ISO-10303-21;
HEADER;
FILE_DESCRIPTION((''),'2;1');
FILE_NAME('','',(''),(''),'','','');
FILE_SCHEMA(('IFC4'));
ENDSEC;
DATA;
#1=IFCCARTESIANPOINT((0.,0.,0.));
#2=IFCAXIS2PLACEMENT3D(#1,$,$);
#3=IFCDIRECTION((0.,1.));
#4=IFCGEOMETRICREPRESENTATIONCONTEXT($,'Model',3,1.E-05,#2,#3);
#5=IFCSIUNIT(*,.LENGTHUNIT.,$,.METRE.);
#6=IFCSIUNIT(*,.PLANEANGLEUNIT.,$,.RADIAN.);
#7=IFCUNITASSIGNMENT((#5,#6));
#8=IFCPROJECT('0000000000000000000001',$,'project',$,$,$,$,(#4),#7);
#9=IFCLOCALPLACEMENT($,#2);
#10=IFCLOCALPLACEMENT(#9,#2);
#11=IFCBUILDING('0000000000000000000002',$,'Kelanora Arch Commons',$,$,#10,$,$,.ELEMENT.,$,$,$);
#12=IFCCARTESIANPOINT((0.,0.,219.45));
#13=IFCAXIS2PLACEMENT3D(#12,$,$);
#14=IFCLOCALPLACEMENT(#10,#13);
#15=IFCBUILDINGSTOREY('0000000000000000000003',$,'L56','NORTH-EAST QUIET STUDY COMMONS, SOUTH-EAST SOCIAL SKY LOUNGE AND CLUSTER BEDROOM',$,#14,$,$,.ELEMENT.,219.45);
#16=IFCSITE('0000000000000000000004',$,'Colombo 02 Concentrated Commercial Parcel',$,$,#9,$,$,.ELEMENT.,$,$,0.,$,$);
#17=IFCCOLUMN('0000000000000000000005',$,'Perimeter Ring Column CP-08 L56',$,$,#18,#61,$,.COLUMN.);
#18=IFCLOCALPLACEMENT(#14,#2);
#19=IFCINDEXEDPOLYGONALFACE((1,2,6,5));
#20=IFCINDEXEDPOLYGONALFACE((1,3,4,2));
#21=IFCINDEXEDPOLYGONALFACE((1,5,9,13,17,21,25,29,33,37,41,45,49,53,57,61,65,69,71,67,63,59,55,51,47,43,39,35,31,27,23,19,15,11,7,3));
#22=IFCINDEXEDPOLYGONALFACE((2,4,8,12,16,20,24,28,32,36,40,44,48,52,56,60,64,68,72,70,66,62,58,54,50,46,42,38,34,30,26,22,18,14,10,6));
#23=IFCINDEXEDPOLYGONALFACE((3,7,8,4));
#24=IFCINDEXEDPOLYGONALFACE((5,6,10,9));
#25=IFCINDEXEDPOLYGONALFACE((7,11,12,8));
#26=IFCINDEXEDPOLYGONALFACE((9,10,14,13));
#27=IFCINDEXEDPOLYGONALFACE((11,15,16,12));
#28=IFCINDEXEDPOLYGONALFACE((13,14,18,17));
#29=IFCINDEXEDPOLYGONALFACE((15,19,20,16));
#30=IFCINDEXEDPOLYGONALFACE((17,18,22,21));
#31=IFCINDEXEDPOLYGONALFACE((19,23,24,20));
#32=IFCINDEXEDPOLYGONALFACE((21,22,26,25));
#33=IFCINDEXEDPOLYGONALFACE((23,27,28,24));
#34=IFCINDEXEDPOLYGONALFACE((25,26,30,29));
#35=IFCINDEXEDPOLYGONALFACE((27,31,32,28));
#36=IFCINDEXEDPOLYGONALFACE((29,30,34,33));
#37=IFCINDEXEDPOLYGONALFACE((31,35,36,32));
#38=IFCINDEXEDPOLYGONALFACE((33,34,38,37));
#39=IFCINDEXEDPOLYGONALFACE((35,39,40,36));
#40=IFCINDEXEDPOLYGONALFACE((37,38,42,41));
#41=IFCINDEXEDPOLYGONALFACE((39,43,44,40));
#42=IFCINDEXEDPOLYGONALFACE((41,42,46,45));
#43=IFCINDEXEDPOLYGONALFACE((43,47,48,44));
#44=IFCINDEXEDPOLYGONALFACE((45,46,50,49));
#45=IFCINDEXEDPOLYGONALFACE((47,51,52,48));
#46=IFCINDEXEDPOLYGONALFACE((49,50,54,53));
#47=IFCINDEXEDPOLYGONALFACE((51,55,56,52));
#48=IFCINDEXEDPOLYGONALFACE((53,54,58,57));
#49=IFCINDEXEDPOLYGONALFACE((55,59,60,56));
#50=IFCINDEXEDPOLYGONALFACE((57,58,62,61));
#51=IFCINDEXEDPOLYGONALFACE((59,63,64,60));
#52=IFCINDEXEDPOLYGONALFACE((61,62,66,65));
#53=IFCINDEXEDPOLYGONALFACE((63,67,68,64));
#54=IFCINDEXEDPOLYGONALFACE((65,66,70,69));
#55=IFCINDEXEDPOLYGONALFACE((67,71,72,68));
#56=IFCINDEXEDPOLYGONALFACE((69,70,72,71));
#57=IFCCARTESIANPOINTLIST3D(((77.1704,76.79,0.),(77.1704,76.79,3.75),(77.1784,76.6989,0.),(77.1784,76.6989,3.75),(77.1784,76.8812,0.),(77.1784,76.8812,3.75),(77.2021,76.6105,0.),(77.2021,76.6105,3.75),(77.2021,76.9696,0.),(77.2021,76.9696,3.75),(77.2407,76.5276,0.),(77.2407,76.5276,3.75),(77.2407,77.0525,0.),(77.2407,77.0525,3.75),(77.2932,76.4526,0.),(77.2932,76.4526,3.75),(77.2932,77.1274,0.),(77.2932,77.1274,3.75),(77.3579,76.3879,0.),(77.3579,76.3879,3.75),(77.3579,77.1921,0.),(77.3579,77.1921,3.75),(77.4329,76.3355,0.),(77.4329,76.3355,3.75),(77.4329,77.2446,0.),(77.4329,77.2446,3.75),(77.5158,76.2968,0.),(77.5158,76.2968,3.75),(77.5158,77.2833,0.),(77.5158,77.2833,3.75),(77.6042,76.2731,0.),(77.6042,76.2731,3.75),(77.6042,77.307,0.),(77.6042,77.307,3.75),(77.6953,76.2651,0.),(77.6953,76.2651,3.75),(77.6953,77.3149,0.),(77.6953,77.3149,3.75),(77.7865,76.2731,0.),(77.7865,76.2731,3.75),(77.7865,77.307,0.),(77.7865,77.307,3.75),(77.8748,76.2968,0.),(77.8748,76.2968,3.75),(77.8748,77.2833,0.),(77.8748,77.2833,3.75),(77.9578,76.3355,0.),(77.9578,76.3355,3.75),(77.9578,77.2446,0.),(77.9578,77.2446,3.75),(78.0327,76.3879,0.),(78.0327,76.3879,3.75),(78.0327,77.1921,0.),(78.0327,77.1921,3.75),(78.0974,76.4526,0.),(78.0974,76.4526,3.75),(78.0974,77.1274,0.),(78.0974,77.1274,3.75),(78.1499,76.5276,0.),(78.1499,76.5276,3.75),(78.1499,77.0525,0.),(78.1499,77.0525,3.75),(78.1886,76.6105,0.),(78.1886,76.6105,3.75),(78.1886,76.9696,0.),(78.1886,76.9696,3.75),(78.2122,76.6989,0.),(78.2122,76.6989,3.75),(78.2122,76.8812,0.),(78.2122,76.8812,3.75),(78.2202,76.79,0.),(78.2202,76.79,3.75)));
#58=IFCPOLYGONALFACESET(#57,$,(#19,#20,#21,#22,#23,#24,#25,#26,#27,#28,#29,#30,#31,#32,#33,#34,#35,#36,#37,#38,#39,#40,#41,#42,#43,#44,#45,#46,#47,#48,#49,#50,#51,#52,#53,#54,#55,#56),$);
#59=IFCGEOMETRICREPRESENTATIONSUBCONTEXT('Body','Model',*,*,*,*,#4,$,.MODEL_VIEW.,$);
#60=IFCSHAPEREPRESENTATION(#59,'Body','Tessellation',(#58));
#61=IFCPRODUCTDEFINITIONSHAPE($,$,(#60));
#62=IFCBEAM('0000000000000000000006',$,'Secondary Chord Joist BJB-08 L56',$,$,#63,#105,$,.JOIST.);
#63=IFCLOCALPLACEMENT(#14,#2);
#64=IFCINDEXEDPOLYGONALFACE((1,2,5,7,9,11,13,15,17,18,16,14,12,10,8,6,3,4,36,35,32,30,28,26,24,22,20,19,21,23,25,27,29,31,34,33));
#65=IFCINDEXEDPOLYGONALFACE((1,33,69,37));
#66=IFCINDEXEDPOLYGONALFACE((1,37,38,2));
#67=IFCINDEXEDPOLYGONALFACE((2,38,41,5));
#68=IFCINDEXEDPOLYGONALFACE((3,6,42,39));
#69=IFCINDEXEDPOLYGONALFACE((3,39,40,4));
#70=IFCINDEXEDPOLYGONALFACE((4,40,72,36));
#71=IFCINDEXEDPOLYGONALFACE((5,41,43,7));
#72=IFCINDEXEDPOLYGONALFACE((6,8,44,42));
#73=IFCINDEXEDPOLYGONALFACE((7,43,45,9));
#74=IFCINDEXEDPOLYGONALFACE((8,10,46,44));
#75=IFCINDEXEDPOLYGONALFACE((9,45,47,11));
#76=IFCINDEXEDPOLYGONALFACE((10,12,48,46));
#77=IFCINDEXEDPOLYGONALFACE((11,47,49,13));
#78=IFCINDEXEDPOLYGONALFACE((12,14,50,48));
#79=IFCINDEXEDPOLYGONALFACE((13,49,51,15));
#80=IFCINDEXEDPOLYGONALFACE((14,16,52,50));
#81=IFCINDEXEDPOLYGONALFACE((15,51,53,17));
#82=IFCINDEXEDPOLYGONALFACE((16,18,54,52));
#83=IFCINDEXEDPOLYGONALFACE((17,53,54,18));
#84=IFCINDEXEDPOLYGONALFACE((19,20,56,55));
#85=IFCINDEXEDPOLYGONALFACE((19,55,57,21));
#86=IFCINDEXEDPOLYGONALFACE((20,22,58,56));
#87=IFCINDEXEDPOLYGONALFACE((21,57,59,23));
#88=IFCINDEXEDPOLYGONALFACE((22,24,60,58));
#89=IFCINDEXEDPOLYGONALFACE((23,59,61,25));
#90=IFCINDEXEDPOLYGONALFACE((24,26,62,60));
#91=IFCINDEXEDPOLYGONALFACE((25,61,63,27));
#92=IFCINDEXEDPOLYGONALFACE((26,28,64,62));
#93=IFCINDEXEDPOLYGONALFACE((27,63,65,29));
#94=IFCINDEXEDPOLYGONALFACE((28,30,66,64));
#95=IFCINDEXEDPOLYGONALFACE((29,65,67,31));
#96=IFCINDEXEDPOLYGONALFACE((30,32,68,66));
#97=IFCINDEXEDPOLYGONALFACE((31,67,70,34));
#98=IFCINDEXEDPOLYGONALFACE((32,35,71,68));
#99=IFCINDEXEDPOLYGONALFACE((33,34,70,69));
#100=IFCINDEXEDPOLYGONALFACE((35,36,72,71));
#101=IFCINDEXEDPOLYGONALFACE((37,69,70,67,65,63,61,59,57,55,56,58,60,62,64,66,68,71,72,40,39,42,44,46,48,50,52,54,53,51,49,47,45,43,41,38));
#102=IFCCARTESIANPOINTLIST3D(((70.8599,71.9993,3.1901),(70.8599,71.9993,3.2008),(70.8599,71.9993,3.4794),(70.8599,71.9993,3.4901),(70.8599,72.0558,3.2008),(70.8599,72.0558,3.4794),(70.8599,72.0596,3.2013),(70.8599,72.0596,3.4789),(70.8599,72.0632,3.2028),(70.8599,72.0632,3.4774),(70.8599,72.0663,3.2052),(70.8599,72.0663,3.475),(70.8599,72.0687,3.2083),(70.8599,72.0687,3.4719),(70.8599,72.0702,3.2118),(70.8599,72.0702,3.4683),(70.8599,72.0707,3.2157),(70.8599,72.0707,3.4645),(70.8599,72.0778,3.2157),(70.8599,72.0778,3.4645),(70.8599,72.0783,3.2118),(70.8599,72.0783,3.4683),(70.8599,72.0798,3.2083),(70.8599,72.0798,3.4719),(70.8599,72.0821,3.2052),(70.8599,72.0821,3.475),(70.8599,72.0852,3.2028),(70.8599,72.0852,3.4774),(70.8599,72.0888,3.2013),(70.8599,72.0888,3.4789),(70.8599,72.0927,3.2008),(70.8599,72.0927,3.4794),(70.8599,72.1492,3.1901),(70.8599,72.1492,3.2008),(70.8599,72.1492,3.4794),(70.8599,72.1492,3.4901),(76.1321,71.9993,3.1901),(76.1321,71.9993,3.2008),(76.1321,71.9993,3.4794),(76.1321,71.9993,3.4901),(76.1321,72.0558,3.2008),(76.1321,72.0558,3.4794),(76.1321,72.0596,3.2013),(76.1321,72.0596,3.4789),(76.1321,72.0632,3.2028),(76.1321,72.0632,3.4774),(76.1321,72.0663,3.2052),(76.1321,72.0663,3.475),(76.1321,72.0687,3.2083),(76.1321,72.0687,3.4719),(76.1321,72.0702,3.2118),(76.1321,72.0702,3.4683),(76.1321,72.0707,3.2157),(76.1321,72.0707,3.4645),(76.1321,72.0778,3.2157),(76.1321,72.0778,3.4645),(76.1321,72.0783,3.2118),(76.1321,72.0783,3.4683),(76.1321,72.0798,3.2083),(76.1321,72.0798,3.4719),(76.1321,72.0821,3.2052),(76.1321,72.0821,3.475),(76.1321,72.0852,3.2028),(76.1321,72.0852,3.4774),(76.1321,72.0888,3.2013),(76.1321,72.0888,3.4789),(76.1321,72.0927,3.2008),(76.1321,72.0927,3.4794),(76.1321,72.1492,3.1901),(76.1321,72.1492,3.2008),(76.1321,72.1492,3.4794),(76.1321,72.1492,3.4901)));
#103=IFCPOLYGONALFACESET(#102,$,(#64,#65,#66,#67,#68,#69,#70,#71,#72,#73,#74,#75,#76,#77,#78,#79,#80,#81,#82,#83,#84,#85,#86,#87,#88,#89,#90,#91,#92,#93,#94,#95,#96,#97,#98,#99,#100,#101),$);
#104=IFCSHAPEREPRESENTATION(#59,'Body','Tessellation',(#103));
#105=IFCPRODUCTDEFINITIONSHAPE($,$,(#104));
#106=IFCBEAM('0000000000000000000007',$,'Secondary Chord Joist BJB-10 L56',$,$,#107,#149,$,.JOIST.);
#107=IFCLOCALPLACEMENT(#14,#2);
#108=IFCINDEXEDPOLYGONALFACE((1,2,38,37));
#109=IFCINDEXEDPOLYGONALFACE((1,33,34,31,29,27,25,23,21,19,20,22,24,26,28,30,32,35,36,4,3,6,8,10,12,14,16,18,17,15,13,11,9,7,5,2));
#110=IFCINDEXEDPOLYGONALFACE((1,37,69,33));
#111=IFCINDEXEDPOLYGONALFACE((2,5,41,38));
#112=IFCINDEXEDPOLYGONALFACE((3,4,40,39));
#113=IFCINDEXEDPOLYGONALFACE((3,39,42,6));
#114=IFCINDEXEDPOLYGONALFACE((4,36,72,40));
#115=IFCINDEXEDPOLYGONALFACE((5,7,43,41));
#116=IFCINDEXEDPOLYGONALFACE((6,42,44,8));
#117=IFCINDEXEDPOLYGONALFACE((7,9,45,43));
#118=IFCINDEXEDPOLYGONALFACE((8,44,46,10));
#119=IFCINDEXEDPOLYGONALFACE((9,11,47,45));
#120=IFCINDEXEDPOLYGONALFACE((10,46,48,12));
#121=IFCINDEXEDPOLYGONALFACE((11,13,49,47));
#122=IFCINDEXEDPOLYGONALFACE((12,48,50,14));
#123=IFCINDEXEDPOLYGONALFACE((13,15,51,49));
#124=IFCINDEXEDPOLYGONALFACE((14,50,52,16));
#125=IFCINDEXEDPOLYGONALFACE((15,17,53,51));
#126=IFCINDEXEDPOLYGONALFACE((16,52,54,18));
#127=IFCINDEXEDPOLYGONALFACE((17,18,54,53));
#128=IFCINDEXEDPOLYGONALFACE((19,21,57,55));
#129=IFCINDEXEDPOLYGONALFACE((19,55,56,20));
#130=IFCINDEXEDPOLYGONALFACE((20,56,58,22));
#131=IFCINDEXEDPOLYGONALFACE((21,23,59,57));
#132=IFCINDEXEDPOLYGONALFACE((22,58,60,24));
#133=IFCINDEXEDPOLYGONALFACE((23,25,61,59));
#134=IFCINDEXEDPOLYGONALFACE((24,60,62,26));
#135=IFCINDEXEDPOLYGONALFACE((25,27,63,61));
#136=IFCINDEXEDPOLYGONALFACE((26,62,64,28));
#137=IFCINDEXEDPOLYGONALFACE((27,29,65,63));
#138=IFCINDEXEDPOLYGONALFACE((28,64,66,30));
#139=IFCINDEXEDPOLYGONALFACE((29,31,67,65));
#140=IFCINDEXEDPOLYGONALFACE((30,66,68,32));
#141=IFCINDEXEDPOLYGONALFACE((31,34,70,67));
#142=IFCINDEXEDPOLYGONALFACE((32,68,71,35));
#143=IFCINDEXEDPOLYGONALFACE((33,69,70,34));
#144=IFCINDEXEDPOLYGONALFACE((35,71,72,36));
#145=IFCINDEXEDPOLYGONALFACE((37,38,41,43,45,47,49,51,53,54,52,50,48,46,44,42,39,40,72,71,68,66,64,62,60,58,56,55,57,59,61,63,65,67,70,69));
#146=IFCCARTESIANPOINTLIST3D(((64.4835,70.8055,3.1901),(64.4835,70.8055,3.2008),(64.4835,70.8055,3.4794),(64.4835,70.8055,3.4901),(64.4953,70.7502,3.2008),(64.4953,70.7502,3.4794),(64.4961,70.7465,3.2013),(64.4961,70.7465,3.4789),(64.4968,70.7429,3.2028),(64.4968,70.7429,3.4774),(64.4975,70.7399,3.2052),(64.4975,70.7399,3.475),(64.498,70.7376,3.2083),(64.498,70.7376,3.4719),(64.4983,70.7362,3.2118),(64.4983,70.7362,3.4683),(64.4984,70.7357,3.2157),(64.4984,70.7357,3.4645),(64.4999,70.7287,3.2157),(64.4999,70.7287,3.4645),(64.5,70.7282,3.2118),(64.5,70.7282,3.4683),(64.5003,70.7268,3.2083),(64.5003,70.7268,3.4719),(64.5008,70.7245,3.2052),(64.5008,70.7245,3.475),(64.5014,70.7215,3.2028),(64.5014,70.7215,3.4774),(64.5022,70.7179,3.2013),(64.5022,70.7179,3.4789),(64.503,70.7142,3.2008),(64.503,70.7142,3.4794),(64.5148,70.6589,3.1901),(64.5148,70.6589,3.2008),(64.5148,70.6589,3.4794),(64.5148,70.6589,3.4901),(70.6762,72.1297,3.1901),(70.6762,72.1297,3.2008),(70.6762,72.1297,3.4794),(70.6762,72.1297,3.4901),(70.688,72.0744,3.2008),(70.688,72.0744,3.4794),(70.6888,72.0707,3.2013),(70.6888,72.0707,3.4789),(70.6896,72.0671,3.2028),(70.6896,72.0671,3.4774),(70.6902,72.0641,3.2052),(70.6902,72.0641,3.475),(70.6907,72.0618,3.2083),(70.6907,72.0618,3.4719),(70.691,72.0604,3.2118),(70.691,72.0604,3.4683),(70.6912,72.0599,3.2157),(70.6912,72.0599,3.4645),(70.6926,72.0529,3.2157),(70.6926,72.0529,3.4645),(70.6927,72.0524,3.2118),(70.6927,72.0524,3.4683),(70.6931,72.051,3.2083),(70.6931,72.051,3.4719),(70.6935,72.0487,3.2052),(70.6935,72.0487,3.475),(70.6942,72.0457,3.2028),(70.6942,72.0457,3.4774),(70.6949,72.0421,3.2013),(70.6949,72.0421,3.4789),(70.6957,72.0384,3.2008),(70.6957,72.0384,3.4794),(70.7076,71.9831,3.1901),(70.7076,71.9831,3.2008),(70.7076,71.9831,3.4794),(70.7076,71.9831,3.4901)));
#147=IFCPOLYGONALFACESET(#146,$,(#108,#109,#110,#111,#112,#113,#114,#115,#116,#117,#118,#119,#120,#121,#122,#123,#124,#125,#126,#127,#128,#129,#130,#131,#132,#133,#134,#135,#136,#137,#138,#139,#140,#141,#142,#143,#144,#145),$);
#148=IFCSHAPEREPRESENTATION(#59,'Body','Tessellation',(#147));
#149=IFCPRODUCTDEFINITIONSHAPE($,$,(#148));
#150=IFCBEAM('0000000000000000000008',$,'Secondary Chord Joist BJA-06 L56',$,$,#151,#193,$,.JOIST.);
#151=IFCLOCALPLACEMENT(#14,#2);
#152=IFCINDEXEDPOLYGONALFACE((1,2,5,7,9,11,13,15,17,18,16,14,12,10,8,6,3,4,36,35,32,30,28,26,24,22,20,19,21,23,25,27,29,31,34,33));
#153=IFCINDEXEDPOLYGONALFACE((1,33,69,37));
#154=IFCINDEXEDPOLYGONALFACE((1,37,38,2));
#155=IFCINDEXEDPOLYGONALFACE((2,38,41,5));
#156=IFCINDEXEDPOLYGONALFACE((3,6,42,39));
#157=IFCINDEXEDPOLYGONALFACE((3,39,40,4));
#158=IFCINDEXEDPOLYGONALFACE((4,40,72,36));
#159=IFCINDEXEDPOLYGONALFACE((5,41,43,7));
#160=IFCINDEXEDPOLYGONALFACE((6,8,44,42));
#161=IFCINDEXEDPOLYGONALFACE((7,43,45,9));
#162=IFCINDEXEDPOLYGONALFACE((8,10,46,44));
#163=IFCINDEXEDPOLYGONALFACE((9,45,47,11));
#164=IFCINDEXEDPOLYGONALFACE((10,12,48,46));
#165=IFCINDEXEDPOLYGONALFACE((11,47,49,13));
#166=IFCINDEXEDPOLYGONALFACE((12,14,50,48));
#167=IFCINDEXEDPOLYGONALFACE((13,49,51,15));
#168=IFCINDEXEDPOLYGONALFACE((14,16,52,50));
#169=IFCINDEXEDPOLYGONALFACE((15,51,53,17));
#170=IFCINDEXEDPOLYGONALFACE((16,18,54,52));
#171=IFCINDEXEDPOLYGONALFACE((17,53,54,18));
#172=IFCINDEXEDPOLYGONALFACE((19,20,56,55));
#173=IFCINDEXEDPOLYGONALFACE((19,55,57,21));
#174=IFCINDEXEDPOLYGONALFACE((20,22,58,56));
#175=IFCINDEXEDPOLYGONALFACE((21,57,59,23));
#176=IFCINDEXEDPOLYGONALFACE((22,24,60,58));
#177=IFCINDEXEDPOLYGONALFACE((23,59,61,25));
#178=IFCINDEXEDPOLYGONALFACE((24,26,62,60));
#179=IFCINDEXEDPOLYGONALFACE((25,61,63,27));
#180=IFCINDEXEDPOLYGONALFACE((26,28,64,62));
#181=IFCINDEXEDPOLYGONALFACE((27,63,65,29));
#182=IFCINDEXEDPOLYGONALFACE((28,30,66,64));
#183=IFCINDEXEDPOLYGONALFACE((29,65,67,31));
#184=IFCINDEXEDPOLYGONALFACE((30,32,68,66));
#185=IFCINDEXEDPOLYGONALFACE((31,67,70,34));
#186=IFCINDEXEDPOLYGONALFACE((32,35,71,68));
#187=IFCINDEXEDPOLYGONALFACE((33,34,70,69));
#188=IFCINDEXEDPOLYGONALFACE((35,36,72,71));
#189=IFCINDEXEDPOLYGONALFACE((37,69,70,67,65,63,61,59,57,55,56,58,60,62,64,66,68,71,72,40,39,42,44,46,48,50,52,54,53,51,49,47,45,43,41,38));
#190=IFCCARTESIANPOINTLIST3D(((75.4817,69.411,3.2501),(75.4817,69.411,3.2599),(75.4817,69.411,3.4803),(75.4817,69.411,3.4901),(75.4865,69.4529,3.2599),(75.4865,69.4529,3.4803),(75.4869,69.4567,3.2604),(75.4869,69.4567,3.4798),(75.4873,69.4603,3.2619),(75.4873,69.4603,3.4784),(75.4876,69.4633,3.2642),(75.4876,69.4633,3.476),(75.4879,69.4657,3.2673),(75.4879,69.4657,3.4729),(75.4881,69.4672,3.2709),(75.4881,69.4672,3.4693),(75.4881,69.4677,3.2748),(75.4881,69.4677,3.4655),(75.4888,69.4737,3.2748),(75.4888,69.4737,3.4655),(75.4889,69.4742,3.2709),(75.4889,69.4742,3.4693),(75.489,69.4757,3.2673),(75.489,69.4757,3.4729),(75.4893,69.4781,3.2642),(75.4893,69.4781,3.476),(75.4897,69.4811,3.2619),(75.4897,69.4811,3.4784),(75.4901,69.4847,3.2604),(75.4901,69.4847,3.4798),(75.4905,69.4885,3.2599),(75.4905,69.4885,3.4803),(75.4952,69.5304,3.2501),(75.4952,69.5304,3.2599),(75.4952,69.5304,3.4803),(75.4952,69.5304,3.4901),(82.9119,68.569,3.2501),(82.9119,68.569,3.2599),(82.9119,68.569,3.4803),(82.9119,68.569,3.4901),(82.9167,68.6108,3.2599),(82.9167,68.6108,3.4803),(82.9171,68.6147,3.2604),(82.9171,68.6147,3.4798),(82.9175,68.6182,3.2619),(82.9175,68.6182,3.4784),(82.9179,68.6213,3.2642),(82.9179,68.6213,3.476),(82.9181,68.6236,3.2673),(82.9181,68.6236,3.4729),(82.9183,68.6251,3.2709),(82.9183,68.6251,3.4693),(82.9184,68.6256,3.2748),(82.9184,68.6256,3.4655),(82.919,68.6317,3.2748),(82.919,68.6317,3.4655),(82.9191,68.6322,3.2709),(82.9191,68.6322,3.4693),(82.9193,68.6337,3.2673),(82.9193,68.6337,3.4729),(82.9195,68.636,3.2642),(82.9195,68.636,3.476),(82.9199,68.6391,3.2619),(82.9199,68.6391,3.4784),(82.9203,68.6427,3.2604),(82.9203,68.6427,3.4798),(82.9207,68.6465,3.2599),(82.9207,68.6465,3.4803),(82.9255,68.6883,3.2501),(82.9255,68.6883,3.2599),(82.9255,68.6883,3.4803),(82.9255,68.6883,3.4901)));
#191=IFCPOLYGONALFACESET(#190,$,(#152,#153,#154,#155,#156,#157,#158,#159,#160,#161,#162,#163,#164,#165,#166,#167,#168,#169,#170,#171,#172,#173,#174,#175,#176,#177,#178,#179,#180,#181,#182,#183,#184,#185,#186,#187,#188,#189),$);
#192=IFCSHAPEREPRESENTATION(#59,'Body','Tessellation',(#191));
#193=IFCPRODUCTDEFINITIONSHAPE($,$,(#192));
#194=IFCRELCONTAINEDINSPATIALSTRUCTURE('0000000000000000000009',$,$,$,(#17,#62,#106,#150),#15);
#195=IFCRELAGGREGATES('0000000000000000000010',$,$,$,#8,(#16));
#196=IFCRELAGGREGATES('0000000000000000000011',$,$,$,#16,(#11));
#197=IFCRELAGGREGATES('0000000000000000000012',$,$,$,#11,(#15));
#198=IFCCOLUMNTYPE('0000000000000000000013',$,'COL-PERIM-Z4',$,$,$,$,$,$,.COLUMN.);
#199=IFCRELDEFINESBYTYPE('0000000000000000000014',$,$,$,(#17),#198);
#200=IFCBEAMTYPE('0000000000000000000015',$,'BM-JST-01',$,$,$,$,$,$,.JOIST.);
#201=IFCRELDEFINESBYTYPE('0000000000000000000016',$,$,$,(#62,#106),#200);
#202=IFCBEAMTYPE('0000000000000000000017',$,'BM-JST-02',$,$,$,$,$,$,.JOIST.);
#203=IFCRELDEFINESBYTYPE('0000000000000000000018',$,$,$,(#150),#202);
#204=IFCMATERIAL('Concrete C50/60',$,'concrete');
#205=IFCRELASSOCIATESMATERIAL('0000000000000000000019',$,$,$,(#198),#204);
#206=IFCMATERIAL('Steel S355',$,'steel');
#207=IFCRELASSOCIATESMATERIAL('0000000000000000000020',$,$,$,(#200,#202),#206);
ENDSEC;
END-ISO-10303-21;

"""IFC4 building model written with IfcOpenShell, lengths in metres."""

from ifc_helpers import new_model, si_unit, direction, frame, origin, origin_2d, place, context, subcontext, project, spatial, circle, i_section, extrude, material, material_profile, profile_set, type_object, element, save


model = new_model("IFC4")

# Units and contexts
model_context = context("Model", 3, precision=1e-05, world=origin(), true_north=direction((0.0, 1.0)))
body_context = subcontext(model_context, "Body", "Model", "MODEL_VIEW")
ifc_project = project(units=[si_unit("LENGTHUNIT", "METRE"), si_unit("PLANEANGLEUNIT", "RADIAN")], contexts=[model_context])

# Site, building, storey
site_placement = place(None, origin())
site = spatial("IfcSite", under=ifc_project, at=site_placement, Name="Colombo 02 Concentrated Commercial Parcel", CompositionType="ELEMENT", RefElevation=0.0)
building_placement = place(site_placement, origin())
building = spatial("IfcBuilding", under=site, at=building_placement, Name="Kelanora Arch Commons", CompositionType="ELEMENT")
storey_placement = place(building_placement, frame((0.0, 0.0, 219.45)))
storey = spatial("IfcBuildingStorey", under=building, at=storey_placement, Name="L56", Description="NORTH-EAST QUIET STUDY COMMONS, SOUTH-EAST SOCIAL SKY LOUNGE AND CLUSTER BEDROOM", CompositionType="ELEMENT", Elevation=219.45)

# Column
ifc_material_1 = material(Name="Concrete C50/60", Category="concrete")
ifc_material_profile_1 = material_profile(ifc_material_1, circle(Radius=0.5249, at=origin_2d()), Name="RCC1050")
ifc_profile_set_1 = profile_set([ifc_material_profile_1], Name="Concrete C50/60")
column_type = type_object("IfcColumnType", Name="COL-PERIM-Z4", PredefinedType="COLUMN", material=ifc_profile_set_1)
column_placement = place(storey_placement, frame((77.6953, 76.79, 0.0), z_axis=(0.0, 0.0, 1.0), x_axis=(1.0, 0.0, 0.0)))
element("IfcColumn", 1, at=column_placement, inside=storey, type_object=column_type, Name="Perimeter Ring Column CP-08 L56", PredefinedType="COLUMN", context=body_context, shape_type="SweptSolid", body=[
    extrude(circle(Radius=0.5249, at=origin_2d()), origin(), (0.0, 0.0, 1.0), 3.75),
])

# Beams
ifc_material_2 = material(Name="Steel S355", Category="steel")
ifc_material_profile_2 = material_profile(ifc_material_2, i_section(OverallWidth=0.1499, OverallDepth=0.3, WebThickness=0.0071, FlangeThickness=0.0107, FilletRadius=0.0149, at=origin_2d()), Name="IPE300")
ifc_profile_set_2 = profile_set([ifc_material_profile_2], Name="Steel S355")
beam_type_1 = type_object("IfcBeamType", Name="BM-JST-01", PredefinedType="JOIST", material=ifc_profile_set_2)
beam_1_placement = place(storey_placement, frame((76.1321, 72.0742, 3.3401), z_axis=(-1.0, 0.0, 0.0), x_axis=(0.0, -1.0, 0.0)))
element("IfcBeam", 2, at=beam_1_placement, inside=storey, type_object=beam_type_1, Name="Secondary Chord Joist BJB-08 L56", PredefinedType="JOIST", context=body_context, shape_type="SweptSolid", body=[
    extrude(i_section(OverallWidth=0.1499, OverallDepth=0.3, WebThickness=0.0071, FlangeThickness=0.0107, FilletRadius=0.0149, at=origin_2d()), origin(), (0.0, 0.0, 1.0), 5.2722),
])
beam_2_placement = place(storey_placement, frame((70.6919, 72.0564, 3.3401), z_axis=(-0.977894, -0.209103, 0.0), x_axis=(0.209103, -0.977894, 0.0)))
element("IfcBeam", 3, at=beam_2_placement, inside=storey, type_object=beam_type_1, Name="Secondary Chord Joist BJB-10 L56", PredefinedType="JOIST", context=body_context, shape_type="SweptSolid", body=[
    extrude(i_section(OverallWidth=0.1499, OverallDepth=0.3, WebThickness=0.0071, FlangeThickness=0.0107, FilletRadius=0.0149, at=origin_2d()), origin(), (0.0, 0.0, 1.0), 6.3328),
])
ifc_material_profile_3 = material_profile(ifc_material_2, i_section(OverallWidth=0.1201, OverallDepth=0.24, WebThickness=0.0061, FlangeThickness=0.0098, FilletRadius=0.0149, at=origin_2d()), Name="IPE240")
ifc_profile_set_3 = profile_set([ifc_material_profile_3], Name="Steel S355")
beam_type_2 = type_object("IfcBeamType", Name="BM-JST-02", PredefinedType="JOIST", material=ifc_profile_set_3)
beam_3_placement = place(storey_placement, frame((82.9187, 68.6287, 3.3701), z_axis=(-0.99364, 0.112606, 0.0), x_axis=(-0.112606, -0.99364, 0.0)))
element("IfcBeam", 4, at=beam_3_placement, inside=storey, type_object=beam_type_2, Name="Secondary Chord Joist BJA-06 L56", PredefinedType="JOIST", context=body_context, shape_type="SweptSolid", body=[
    extrude(i_section(OverallWidth=0.1201, OverallDepth=0.24, WebThickness=0.0061, FlangeThickness=0.0098, FilletRadius=0.0149, at=origin_2d()), origin(), (0.0, 0.0, 1.0), 7.4778),
])

save(model, "model.ifc")
